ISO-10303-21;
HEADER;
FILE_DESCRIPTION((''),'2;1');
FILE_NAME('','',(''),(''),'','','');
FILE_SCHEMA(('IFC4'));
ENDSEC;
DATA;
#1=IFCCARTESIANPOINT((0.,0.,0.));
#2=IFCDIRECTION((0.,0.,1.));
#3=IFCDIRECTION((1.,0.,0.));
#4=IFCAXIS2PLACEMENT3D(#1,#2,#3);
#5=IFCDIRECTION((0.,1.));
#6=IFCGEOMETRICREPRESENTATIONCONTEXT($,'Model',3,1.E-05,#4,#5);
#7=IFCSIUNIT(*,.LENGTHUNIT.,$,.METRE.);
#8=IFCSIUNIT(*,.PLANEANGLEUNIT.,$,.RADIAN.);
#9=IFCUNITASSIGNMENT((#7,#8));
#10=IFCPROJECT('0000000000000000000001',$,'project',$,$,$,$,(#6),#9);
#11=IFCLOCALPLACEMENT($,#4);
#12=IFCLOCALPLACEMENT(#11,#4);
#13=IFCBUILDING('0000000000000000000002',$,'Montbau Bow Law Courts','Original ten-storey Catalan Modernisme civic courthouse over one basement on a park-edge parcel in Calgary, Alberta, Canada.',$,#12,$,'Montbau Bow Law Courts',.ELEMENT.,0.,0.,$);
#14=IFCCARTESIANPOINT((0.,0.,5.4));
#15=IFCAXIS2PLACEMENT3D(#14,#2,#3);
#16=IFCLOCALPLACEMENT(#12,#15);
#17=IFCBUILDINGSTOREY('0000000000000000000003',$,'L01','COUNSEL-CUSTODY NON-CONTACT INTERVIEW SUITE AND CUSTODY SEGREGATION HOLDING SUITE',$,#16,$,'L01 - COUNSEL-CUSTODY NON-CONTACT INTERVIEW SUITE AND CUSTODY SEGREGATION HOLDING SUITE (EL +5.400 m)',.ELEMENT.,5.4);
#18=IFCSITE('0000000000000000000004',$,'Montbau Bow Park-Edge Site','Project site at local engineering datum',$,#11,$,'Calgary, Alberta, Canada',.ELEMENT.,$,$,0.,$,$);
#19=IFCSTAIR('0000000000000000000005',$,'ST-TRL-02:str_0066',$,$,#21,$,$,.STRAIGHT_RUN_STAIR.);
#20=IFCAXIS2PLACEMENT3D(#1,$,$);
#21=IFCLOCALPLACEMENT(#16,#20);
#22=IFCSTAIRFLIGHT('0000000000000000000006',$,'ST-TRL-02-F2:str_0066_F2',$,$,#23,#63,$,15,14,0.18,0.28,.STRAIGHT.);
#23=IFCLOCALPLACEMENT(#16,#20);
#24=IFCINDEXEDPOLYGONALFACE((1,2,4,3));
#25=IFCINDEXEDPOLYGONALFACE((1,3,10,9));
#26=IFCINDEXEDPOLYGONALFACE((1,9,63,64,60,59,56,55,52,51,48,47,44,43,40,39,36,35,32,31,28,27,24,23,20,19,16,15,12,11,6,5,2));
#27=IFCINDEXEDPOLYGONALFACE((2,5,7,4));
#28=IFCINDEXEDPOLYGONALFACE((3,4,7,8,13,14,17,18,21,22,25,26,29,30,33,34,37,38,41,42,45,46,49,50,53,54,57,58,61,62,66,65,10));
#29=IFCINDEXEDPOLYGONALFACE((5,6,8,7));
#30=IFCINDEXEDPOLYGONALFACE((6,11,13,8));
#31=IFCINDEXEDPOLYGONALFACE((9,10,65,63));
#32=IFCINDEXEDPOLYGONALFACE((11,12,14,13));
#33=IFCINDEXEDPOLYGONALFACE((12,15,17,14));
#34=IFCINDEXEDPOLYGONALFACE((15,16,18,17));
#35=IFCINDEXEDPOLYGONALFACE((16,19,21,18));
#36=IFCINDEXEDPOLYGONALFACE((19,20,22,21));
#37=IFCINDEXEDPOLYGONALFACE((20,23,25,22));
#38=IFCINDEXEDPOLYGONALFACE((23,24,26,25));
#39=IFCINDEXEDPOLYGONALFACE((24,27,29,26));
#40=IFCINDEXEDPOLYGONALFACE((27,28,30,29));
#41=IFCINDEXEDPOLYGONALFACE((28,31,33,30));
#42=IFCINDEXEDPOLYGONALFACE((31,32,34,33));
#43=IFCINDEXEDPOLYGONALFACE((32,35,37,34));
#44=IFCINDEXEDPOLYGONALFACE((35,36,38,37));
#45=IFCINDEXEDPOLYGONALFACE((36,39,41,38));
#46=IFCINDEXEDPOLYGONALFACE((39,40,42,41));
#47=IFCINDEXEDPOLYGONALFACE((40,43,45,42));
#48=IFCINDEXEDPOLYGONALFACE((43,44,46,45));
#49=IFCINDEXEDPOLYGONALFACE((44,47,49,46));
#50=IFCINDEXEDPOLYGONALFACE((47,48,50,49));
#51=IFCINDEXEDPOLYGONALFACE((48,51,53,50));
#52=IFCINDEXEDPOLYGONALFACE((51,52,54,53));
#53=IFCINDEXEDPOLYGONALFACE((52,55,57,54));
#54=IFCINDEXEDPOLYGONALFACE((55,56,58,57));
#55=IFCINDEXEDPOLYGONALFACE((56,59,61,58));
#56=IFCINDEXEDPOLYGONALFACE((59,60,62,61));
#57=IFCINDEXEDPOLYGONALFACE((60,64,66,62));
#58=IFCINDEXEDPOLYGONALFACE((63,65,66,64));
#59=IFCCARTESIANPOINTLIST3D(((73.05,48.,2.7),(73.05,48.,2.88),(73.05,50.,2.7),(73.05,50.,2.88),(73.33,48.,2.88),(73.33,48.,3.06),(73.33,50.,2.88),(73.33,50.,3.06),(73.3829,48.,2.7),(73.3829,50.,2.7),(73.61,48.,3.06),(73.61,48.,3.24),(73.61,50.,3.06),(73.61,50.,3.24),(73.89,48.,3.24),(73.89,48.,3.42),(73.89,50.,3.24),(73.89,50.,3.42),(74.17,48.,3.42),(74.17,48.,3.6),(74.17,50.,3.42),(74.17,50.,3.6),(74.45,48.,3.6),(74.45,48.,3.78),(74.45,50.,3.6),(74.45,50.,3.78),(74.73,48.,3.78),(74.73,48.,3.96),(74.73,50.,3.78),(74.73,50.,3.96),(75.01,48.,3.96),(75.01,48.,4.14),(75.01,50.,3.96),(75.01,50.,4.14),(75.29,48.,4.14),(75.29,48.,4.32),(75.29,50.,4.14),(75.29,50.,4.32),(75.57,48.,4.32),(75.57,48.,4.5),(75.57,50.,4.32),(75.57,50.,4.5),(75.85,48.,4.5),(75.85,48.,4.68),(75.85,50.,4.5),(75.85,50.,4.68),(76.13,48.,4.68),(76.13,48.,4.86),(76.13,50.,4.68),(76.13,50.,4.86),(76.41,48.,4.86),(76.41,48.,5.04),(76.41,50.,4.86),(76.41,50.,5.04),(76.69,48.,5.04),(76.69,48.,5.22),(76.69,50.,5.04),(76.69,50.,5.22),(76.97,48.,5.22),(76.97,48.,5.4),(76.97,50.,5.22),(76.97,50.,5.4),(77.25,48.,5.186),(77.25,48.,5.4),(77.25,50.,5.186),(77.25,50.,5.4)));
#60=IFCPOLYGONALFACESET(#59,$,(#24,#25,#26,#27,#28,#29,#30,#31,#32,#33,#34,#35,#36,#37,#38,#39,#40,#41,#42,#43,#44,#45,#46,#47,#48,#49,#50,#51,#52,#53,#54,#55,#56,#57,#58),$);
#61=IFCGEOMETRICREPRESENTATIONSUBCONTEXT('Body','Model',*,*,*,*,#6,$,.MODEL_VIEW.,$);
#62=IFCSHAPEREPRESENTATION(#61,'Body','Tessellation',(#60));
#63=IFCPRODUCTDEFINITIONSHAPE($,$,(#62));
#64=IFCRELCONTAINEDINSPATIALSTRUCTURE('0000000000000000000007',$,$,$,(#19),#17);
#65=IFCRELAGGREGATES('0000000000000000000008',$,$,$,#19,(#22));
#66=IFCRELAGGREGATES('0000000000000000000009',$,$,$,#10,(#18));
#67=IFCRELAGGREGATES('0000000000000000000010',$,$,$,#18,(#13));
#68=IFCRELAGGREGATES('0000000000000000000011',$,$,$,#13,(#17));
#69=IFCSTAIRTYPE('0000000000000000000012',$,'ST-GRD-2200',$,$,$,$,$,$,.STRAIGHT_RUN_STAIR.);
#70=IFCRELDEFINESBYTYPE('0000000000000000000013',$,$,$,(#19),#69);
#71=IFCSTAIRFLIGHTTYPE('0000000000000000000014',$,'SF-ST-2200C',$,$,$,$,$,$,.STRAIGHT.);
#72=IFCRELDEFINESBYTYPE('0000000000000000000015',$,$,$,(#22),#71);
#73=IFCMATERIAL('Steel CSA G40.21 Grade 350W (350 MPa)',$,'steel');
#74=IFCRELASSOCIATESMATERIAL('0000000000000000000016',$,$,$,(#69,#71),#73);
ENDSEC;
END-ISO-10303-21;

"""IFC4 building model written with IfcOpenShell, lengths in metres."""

from ifc_helpers import new_model, si_unit, direction, frame, origin_with_axes, place, context, subcontext, project, spatial, polyline, outline, extrude, material, type_object, element, aggregate, save


model = new_model("IFC4")

# Units and contexts
model_context = context("Model", 3, precision=1e-05, world=origin_with_axes(), true_north=direction((0.0, 1.0)))
body_context = subcontext(model_context, "Body", "Model", "MODEL_VIEW")
ifc_project = project(units=[si_unit("LENGTHUNIT", "METRE"), si_unit("PLANEANGLEUNIT", "RADIAN")], contexts=[model_context])

# Site, building, storey
site_placement = place(None, origin_with_axes())
site = spatial("IfcSite", under=ifc_project, at=site_placement, Name="Montbau Bow Park-Edge Site", Description="Project site at local engineering datum", LongName="Calgary, Alberta, Canada", CompositionType="ELEMENT", RefElevation=0.0)
building_placement = place(site_placement, origin_with_axes())
building = spatial("IfcBuilding", under=site, at=building_placement, Name="Montbau Bow Law Courts", Description="Original ten-storey Catalan Modernisme civic courthouse over one basement on a park-edge parcel in Calgary, Alberta, Canada.", LongName="Montbau Bow Law Courts", CompositionType="ELEMENT", ElevationOfRefHeight=0.0, ElevationOfTerrain=0.0)
storey_placement = place(building_placement, frame((0.0, 0.0, 5.4), z_axis=(0.0, 0.0, 1.0), x_axis=(1.0, 0.0, 0.0)))
storey = spatial("IfcBuildingStorey", under=building, at=storey_placement, Name="L01", Description="COUNSEL-CUSTODY NON-CONTACT INTERVIEW SUITE AND CUSTODY SEGREGATION HOLDING SUITE", LongName="L01 - COUNSEL-CUSTODY NON-CONTACT INTERVIEW SUITE AND CUSTODY SEGREGATION HOLDING SUITE (EL +5.400 m)", CompositionType="ELEMENT", Elevation=5.4)

# Shared definitions
ifc_material_1 = material(Name="Steel CSA G40.21 Grade 350W (350 MPa)", Category="steel")

# Stair, stair flight
stair_type = type_object("IfcStairType", Name="ST-GRD-2200", PredefinedType="STRAIGHT_RUN_STAIR", material=ifc_material_1)
stair_placement = place(None, frame((66.8, 49.0, 5.4), z_axis=(0.0, 0.0, 1.0), x_axis=(1.0, 0.0, 0.0)))
stair = element("IfcStair", 1, at=stair_placement, inside=storey, type_object=stair_type, Name="ST-TRL-02:str_0066", PredefinedType="STRAIGHT_RUN_STAIR")
stair_flight_type = type_object("IfcStairFlightType", Name="SF-ST-2200C", PredefinedType="STRAIGHT", material=ifc_material_1)
stair_flight_1_placement = place(None, frame((73.05, 49.0, 8.1), z_axis=(0.0, 0.0, 1.0), x_axis=(1.0, 0.0, 0.0)))
stair_flight_1 = element("IfcStairFlight", 2, at=stair_flight_1_placement, type_object=stair_flight_type, Name="ST-TRL-02-F2:str_0066_F2", NumberOfRisers=15, NumberOfTreads=14, PredefinedType="STRAIGHT", RiserHeight=0.18, TreadLength=0.28, context=body_context, shape_type="SweptSolid", body=[
    extrude(outline(polyline([(0.0, 0.0), (0.0, 0.18), (0.28, 0.18), (0.28, 0.36), (0.56, 0.36), (0.56, 0.54), (0.84, 0.54), (0.84, 0.72), (1.12, 0.72), (1.12, 0.9), (1.4, 0.9), (1.4, 1.08), (1.68, 1.08), (1.68, 1.26), (1.96, 1.26), (1.96, 1.44), (2.24, 1.44), (2.24, 1.62), (2.52, 1.62), (2.52, 1.8), (2.8, 1.8), (2.8, 1.98), (3.08, 1.98), (3.08, 2.16), (3.36, 2.16), (3.36, 2.34), (3.64, 2.34), (3.64, 2.52), (3.92, 2.52), (3.92, 2.7), (4.2, 2.7), (4.2, 2.486), (0.3329, 0.0), (0.0, 0.0)])), frame((0.0, 1.0, 0.0), z_axis=(0.0, -1.0, 0.0), x_axis=(1.0, 0.0, 0.0)), (0.0, 0.0, 1.0), 2.0),
])
aggregate(stair, [stair_flight_1])

save(model, "model.ifc")
